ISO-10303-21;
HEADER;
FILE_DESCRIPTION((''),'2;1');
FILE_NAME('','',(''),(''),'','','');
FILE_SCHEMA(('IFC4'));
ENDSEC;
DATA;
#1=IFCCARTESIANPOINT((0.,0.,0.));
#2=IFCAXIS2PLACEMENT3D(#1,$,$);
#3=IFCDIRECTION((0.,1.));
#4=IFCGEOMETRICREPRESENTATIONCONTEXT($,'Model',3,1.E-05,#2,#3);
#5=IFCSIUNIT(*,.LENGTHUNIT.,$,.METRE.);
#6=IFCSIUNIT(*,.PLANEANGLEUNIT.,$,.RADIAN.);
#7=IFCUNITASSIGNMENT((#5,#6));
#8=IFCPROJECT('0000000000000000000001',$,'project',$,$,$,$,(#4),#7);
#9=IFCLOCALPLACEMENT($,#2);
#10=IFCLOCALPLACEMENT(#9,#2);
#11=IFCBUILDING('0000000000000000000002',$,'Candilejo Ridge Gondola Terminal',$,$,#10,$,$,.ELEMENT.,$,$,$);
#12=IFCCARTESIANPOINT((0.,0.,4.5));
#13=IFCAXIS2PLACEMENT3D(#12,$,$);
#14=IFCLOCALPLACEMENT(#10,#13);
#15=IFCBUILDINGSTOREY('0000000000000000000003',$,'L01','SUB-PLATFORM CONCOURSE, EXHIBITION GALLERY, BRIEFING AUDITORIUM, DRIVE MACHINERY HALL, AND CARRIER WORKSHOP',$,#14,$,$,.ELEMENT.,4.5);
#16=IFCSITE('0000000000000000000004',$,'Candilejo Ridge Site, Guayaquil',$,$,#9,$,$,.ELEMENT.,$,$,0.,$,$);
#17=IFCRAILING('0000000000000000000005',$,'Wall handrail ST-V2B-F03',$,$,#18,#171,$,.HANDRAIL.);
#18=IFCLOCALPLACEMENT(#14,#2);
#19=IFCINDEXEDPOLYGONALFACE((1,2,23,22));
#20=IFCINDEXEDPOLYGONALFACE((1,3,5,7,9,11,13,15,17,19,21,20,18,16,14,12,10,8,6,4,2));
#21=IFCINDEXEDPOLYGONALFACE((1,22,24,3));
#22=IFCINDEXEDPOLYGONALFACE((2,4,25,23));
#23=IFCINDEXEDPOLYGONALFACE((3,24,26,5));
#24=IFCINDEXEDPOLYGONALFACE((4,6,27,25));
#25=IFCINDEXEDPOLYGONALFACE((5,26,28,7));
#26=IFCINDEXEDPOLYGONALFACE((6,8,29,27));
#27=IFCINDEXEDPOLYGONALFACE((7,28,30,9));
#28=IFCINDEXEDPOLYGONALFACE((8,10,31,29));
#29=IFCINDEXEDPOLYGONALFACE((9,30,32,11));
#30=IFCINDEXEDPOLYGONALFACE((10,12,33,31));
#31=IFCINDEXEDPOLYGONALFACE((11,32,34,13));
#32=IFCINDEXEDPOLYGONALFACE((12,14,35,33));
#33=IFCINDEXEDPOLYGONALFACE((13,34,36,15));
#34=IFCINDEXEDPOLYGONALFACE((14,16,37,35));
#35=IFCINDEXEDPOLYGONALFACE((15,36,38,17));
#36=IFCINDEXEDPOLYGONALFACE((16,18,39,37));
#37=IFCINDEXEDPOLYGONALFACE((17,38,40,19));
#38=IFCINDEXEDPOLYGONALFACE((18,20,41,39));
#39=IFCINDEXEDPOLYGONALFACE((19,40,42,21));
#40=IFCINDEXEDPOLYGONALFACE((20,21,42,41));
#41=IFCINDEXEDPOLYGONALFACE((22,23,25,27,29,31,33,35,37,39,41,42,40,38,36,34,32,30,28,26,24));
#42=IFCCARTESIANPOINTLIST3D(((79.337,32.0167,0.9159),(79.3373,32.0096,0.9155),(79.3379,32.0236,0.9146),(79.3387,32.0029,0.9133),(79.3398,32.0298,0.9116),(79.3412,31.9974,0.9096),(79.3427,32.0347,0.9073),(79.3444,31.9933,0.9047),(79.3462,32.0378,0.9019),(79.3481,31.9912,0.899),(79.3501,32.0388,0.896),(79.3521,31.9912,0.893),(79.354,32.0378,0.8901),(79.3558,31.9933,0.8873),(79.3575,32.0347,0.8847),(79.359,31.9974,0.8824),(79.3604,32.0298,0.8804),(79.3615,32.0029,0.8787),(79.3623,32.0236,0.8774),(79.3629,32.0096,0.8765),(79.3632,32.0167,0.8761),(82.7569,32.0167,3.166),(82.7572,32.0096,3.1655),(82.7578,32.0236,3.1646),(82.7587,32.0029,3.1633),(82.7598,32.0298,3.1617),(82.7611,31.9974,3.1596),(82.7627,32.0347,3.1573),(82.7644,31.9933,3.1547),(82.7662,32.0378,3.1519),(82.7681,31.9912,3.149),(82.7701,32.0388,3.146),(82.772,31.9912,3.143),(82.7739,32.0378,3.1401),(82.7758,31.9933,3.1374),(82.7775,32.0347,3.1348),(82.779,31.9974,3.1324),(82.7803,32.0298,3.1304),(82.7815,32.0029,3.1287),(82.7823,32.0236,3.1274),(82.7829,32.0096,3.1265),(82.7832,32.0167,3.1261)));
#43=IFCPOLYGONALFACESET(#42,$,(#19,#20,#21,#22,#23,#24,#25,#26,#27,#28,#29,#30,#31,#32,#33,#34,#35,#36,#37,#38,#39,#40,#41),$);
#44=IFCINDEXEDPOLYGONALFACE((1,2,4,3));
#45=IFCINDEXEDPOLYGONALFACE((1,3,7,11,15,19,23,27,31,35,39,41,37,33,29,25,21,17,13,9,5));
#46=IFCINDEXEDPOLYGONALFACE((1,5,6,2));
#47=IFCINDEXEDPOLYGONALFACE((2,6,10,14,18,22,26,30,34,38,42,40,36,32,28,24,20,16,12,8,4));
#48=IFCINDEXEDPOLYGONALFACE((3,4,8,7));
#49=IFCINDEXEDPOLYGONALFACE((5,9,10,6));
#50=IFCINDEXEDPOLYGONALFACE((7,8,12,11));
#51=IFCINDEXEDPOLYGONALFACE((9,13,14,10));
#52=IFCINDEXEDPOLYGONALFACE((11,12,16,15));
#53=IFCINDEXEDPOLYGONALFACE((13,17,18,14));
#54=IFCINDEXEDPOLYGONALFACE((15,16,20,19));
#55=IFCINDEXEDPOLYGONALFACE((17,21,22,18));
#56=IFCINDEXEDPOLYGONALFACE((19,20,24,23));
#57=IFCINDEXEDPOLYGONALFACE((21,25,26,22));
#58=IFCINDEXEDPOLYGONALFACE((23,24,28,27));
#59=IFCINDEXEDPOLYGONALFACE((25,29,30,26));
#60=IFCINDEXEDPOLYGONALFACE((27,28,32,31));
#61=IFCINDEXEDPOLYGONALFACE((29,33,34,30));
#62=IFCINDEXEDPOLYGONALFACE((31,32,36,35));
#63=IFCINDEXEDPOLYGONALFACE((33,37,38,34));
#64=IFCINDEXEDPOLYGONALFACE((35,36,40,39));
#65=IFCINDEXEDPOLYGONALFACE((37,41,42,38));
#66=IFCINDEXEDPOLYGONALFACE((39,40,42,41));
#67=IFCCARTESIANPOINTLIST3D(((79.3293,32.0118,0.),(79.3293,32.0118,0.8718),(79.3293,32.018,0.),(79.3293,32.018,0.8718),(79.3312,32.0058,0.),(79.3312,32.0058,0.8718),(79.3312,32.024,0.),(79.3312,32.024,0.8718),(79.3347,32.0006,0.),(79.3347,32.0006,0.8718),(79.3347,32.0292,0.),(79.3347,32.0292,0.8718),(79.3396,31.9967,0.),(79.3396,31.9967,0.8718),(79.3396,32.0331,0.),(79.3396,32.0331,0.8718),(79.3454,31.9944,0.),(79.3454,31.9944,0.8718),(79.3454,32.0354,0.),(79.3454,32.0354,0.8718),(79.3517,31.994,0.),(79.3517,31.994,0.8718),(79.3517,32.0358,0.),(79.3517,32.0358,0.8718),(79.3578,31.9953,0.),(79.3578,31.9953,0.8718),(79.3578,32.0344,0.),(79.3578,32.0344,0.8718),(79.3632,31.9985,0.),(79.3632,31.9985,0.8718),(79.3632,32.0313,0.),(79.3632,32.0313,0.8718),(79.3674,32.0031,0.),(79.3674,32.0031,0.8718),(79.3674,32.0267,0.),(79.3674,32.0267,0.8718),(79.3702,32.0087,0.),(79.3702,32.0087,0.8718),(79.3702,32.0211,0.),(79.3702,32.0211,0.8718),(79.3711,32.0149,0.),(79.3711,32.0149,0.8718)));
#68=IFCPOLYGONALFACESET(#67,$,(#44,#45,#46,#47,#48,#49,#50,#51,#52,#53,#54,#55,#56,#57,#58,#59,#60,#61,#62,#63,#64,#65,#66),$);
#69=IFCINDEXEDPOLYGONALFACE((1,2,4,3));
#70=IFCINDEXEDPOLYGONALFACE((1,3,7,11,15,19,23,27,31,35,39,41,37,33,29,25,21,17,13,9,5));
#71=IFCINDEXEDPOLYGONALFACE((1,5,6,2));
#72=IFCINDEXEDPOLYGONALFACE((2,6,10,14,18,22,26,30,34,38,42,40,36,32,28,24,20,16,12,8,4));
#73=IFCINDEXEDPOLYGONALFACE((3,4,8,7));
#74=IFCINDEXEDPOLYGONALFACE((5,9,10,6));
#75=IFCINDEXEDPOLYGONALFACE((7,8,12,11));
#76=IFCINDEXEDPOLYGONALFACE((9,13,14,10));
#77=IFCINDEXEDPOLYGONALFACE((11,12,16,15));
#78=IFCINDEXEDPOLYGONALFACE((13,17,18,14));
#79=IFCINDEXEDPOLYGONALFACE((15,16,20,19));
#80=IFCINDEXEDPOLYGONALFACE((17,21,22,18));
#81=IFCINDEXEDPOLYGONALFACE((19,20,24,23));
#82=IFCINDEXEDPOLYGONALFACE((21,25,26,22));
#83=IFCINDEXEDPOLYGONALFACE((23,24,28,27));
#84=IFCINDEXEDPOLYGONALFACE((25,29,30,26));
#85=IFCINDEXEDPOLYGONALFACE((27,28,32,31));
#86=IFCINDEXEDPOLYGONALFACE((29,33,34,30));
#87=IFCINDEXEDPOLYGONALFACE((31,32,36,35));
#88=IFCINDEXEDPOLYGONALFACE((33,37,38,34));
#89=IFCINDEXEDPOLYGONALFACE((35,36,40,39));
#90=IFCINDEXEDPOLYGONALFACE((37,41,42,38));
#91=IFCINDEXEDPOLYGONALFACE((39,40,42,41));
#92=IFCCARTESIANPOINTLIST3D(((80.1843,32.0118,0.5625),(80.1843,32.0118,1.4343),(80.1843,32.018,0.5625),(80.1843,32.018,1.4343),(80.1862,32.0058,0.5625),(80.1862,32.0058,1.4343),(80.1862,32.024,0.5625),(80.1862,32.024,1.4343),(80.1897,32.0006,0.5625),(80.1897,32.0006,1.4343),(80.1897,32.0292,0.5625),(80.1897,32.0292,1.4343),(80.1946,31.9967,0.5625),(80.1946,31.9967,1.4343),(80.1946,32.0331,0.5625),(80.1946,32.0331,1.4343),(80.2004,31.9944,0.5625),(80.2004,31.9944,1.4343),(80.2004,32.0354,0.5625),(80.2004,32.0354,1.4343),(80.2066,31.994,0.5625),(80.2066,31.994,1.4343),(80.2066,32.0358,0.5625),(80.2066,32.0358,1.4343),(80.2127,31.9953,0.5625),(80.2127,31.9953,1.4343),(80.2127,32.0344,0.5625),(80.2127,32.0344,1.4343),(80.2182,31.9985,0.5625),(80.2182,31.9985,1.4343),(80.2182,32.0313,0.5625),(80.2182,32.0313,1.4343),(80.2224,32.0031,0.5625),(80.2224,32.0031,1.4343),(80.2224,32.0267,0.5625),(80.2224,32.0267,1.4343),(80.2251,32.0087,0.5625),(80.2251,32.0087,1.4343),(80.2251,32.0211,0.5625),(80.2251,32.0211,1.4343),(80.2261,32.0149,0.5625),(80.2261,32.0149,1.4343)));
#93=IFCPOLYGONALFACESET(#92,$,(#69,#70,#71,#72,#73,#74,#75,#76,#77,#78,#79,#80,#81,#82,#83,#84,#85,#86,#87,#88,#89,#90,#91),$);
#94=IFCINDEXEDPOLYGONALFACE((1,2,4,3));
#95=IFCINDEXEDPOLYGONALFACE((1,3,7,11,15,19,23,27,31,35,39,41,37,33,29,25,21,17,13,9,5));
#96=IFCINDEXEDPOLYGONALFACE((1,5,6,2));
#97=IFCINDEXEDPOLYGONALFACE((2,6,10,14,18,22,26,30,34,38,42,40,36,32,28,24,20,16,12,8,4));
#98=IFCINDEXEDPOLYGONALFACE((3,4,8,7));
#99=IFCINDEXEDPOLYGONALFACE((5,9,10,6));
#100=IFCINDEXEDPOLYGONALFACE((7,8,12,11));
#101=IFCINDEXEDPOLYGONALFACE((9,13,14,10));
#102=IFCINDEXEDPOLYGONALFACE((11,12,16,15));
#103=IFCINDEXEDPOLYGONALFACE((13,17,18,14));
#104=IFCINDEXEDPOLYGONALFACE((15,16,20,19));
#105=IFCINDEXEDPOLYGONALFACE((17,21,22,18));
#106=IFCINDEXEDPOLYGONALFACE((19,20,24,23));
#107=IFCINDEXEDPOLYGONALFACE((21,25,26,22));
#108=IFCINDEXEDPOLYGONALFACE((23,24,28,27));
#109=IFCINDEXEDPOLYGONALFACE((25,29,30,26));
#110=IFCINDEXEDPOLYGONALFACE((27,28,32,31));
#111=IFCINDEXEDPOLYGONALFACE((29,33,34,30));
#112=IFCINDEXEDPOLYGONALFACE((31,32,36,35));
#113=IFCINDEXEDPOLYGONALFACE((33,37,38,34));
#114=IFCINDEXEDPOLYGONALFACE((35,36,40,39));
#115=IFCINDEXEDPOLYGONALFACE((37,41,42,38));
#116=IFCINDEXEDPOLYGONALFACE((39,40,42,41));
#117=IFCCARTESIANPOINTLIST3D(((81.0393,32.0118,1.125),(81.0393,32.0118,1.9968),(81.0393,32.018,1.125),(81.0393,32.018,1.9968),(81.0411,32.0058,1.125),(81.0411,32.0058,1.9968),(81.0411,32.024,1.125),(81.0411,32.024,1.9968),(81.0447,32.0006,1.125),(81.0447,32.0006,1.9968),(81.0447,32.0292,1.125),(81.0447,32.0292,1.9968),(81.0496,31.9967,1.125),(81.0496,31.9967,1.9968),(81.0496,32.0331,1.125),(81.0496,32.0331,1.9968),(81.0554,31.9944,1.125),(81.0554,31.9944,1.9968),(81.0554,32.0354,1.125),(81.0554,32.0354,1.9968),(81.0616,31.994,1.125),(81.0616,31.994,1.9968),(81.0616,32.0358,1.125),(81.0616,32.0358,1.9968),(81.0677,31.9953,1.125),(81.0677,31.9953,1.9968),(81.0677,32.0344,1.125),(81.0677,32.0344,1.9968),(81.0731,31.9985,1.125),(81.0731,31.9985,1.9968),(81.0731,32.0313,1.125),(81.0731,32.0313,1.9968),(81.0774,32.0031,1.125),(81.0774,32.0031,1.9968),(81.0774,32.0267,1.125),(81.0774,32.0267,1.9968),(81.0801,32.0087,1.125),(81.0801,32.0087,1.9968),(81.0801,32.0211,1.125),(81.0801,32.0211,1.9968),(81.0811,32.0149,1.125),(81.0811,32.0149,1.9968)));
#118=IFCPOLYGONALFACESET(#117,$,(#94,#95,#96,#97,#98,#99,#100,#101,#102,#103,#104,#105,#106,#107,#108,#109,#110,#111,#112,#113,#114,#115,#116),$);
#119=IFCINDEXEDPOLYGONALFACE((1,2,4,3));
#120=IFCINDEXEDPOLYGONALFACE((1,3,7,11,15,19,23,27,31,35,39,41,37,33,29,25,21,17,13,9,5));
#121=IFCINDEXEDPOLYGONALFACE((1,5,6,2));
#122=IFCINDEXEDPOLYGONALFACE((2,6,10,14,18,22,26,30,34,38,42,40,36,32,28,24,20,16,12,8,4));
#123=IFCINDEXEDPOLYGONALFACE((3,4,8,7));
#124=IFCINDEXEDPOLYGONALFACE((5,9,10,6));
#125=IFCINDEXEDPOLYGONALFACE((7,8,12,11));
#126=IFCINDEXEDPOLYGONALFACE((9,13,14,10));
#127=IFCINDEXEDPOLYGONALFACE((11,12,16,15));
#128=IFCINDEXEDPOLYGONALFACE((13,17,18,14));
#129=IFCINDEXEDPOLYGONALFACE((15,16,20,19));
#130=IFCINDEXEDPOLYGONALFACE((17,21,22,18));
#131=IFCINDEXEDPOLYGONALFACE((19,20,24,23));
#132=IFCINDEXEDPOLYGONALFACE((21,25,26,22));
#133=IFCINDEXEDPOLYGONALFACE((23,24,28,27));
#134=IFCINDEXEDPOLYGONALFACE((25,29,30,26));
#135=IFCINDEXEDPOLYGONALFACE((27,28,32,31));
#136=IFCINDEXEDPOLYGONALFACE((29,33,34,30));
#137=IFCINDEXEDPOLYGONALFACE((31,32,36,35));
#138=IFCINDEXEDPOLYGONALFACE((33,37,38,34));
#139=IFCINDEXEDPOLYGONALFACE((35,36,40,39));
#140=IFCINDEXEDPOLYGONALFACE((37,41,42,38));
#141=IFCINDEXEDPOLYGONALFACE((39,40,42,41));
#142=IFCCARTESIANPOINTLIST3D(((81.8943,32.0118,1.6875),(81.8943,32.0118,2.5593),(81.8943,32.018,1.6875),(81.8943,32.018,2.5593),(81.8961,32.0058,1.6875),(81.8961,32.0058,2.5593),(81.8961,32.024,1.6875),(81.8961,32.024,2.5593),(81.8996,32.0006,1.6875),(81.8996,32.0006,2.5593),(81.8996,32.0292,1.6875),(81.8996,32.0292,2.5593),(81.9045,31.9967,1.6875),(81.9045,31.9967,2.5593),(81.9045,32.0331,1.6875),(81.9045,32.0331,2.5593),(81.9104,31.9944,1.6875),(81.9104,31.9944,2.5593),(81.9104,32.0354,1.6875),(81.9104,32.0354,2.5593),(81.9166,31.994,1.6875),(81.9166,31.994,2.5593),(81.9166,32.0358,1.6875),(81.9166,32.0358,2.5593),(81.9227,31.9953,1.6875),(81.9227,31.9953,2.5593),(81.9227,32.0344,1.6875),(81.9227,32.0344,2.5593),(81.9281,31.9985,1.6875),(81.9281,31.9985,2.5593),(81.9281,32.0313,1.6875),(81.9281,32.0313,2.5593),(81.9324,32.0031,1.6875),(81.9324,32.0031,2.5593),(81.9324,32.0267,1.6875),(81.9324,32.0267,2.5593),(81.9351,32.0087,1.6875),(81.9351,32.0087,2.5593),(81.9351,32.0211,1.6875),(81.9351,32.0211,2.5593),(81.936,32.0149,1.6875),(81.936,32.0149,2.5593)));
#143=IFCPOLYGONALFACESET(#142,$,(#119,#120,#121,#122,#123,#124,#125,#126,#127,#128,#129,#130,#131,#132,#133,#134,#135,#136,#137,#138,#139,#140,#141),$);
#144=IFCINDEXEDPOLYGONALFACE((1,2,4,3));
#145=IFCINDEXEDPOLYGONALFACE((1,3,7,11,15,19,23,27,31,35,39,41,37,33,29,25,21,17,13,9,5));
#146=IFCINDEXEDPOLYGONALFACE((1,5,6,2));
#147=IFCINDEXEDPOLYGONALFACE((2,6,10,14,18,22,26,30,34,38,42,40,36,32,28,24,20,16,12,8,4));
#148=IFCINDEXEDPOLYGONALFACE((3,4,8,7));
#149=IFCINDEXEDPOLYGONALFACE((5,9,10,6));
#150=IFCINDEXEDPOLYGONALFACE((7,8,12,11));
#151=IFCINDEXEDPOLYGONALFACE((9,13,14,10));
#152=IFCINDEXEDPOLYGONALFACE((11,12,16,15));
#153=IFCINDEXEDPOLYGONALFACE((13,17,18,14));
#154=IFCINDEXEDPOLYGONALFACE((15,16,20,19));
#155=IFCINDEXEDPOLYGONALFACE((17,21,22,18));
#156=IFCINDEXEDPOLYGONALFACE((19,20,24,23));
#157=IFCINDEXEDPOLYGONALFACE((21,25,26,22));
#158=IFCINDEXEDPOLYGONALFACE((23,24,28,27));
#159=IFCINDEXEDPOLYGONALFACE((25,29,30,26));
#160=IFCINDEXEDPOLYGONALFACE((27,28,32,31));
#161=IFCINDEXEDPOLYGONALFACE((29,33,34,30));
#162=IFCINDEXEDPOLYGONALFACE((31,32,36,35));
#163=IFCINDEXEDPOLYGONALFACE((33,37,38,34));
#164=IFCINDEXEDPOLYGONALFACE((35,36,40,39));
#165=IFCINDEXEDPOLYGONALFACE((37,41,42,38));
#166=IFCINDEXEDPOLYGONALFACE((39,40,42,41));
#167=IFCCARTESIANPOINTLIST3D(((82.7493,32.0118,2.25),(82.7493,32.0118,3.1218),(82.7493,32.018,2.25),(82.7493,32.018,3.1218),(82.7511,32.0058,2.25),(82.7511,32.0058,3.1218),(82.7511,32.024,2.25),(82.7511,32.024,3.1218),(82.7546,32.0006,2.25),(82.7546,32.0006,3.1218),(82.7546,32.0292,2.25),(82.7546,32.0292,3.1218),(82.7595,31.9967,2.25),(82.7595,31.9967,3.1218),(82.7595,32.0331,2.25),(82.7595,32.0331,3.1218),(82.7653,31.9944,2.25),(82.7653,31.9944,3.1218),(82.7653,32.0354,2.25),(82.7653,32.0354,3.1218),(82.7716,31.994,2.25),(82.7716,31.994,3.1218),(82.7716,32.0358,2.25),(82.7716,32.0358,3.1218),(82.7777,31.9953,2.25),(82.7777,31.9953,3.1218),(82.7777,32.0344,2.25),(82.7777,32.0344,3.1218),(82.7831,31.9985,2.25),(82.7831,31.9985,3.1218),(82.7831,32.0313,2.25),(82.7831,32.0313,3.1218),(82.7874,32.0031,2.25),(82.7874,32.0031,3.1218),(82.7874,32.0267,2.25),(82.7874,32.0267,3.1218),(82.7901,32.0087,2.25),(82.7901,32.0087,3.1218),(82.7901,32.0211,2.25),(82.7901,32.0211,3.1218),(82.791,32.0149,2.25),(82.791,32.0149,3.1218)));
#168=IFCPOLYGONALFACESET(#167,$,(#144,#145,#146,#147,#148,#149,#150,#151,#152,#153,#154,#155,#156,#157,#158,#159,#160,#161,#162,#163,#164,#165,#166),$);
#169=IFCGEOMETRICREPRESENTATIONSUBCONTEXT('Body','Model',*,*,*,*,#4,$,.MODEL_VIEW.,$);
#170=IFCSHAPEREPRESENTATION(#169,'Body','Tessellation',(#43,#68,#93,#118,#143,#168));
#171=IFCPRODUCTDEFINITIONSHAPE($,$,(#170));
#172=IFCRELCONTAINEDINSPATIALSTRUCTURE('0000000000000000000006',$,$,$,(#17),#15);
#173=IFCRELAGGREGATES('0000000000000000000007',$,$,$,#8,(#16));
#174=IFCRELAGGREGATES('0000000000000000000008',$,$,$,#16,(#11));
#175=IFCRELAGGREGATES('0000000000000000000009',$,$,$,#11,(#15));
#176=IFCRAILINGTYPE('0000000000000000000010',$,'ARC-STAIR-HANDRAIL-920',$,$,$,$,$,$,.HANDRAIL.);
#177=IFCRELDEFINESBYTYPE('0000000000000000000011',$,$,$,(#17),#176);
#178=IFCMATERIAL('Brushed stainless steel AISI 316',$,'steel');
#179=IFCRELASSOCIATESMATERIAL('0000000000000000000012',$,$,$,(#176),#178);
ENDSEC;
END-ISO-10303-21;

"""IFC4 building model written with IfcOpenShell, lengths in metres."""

from ifc_helpers import new_model, si_unit, direction, frame, origin, origin_2d, place, context, subcontext, project, spatial, circle, extrude, material, type_object, element, save


model = new_model("IFC4")

# Units and contexts
model_context = context("Model", 3, precision=1e-05, world=origin(), true_north=direction((0.0, 1.0)))
body_context = subcontext(model_context, "Body", "Model", "MODEL_VIEW")
ifc_project = project(units=[si_unit("LENGTHUNIT", "METRE"), si_unit("PLANEANGLEUNIT", "RADIAN")], contexts=[model_context])

# Site, building, storey
site_placement = place(None, origin())
site = spatial("IfcSite", under=ifc_project, at=site_placement, Name="Candilejo Ridge Site, Guayaquil", CompositionType="ELEMENT", RefElevation=0.0)
building_placement = place(site_placement, origin())
building = spatial("IfcBuilding", under=site, at=building_placement, Name="Candilejo Ridge Gondola Terminal", CompositionType="ELEMENT")
storey_placement = place(building_placement, frame((0.0, 0.0, 4.5)))
storey = spatial("IfcBuildingStorey", under=building, at=storey_placement, Name="L01", Description="SUB-PLATFORM CONCOURSE, EXHIBITION GALLERY, BRIEFING AUDITORIUM, DRIVE MACHINERY HALL, AND CARRIER WORKSHOP", CompositionType="ELEMENT", Elevation=4.5)

# Railing
ifc_material_1 = material(Name="Brushed stainless steel AISI 316", Category="steel")
railing_type = type_object("IfcRailingType", Name="ARC-STAIR-HANDRAIL-920", PredefinedType="HANDRAIL", material=ifc_material_1)
railing_placement = place(storey_placement, frame((79.3501, 32.0149, 0.0)))
element("IfcRailing", 1, at=railing_placement, inside=storey, type_object=railing_type, Name="Wall handrail ST-V2B-F03", PredefinedType="HANDRAIL", context=body_context, shape_type="SweptSolid", body=[
    extrude(circle(Radius=0.0239, at=origin_2d()), frame((0.0, 0.0, 0.896), z_axis=(0.835411, 0.0, 0.549625), x_axis=(0.0, 1.0, 0.0)), (0.0, 0.0, 1.0), 4.0938),
    extrude(circle(Radius=0.021, at=origin_2d()), origin(), (0.0, 0.0, 1.0), 0.8718),
    extrude(circle(Radius=0.021, at=origin_2d()), frame((0.855, 0.0, 0.5625)), (0.0, 0.0, 1.0), 0.8718),
    extrude(circle(Radius=0.021, at=origin_2d()), frame((1.71, 0.0, 1.125)), (0.0, 0.0, 1.0), 0.8718),
    extrude(circle(Radius=0.021, at=origin_2d()), frame((2.5649, 0.0, 1.6875)), (0.0, 0.0, 1.0), 0.8718),
    extrude(circle(Radius=0.021, at=origin_2d()), frame((3.4199, 0.0, 2.25)), (0.0, 0.0, 1.0), 0.8718),
])

save(model, "model.ifc")
